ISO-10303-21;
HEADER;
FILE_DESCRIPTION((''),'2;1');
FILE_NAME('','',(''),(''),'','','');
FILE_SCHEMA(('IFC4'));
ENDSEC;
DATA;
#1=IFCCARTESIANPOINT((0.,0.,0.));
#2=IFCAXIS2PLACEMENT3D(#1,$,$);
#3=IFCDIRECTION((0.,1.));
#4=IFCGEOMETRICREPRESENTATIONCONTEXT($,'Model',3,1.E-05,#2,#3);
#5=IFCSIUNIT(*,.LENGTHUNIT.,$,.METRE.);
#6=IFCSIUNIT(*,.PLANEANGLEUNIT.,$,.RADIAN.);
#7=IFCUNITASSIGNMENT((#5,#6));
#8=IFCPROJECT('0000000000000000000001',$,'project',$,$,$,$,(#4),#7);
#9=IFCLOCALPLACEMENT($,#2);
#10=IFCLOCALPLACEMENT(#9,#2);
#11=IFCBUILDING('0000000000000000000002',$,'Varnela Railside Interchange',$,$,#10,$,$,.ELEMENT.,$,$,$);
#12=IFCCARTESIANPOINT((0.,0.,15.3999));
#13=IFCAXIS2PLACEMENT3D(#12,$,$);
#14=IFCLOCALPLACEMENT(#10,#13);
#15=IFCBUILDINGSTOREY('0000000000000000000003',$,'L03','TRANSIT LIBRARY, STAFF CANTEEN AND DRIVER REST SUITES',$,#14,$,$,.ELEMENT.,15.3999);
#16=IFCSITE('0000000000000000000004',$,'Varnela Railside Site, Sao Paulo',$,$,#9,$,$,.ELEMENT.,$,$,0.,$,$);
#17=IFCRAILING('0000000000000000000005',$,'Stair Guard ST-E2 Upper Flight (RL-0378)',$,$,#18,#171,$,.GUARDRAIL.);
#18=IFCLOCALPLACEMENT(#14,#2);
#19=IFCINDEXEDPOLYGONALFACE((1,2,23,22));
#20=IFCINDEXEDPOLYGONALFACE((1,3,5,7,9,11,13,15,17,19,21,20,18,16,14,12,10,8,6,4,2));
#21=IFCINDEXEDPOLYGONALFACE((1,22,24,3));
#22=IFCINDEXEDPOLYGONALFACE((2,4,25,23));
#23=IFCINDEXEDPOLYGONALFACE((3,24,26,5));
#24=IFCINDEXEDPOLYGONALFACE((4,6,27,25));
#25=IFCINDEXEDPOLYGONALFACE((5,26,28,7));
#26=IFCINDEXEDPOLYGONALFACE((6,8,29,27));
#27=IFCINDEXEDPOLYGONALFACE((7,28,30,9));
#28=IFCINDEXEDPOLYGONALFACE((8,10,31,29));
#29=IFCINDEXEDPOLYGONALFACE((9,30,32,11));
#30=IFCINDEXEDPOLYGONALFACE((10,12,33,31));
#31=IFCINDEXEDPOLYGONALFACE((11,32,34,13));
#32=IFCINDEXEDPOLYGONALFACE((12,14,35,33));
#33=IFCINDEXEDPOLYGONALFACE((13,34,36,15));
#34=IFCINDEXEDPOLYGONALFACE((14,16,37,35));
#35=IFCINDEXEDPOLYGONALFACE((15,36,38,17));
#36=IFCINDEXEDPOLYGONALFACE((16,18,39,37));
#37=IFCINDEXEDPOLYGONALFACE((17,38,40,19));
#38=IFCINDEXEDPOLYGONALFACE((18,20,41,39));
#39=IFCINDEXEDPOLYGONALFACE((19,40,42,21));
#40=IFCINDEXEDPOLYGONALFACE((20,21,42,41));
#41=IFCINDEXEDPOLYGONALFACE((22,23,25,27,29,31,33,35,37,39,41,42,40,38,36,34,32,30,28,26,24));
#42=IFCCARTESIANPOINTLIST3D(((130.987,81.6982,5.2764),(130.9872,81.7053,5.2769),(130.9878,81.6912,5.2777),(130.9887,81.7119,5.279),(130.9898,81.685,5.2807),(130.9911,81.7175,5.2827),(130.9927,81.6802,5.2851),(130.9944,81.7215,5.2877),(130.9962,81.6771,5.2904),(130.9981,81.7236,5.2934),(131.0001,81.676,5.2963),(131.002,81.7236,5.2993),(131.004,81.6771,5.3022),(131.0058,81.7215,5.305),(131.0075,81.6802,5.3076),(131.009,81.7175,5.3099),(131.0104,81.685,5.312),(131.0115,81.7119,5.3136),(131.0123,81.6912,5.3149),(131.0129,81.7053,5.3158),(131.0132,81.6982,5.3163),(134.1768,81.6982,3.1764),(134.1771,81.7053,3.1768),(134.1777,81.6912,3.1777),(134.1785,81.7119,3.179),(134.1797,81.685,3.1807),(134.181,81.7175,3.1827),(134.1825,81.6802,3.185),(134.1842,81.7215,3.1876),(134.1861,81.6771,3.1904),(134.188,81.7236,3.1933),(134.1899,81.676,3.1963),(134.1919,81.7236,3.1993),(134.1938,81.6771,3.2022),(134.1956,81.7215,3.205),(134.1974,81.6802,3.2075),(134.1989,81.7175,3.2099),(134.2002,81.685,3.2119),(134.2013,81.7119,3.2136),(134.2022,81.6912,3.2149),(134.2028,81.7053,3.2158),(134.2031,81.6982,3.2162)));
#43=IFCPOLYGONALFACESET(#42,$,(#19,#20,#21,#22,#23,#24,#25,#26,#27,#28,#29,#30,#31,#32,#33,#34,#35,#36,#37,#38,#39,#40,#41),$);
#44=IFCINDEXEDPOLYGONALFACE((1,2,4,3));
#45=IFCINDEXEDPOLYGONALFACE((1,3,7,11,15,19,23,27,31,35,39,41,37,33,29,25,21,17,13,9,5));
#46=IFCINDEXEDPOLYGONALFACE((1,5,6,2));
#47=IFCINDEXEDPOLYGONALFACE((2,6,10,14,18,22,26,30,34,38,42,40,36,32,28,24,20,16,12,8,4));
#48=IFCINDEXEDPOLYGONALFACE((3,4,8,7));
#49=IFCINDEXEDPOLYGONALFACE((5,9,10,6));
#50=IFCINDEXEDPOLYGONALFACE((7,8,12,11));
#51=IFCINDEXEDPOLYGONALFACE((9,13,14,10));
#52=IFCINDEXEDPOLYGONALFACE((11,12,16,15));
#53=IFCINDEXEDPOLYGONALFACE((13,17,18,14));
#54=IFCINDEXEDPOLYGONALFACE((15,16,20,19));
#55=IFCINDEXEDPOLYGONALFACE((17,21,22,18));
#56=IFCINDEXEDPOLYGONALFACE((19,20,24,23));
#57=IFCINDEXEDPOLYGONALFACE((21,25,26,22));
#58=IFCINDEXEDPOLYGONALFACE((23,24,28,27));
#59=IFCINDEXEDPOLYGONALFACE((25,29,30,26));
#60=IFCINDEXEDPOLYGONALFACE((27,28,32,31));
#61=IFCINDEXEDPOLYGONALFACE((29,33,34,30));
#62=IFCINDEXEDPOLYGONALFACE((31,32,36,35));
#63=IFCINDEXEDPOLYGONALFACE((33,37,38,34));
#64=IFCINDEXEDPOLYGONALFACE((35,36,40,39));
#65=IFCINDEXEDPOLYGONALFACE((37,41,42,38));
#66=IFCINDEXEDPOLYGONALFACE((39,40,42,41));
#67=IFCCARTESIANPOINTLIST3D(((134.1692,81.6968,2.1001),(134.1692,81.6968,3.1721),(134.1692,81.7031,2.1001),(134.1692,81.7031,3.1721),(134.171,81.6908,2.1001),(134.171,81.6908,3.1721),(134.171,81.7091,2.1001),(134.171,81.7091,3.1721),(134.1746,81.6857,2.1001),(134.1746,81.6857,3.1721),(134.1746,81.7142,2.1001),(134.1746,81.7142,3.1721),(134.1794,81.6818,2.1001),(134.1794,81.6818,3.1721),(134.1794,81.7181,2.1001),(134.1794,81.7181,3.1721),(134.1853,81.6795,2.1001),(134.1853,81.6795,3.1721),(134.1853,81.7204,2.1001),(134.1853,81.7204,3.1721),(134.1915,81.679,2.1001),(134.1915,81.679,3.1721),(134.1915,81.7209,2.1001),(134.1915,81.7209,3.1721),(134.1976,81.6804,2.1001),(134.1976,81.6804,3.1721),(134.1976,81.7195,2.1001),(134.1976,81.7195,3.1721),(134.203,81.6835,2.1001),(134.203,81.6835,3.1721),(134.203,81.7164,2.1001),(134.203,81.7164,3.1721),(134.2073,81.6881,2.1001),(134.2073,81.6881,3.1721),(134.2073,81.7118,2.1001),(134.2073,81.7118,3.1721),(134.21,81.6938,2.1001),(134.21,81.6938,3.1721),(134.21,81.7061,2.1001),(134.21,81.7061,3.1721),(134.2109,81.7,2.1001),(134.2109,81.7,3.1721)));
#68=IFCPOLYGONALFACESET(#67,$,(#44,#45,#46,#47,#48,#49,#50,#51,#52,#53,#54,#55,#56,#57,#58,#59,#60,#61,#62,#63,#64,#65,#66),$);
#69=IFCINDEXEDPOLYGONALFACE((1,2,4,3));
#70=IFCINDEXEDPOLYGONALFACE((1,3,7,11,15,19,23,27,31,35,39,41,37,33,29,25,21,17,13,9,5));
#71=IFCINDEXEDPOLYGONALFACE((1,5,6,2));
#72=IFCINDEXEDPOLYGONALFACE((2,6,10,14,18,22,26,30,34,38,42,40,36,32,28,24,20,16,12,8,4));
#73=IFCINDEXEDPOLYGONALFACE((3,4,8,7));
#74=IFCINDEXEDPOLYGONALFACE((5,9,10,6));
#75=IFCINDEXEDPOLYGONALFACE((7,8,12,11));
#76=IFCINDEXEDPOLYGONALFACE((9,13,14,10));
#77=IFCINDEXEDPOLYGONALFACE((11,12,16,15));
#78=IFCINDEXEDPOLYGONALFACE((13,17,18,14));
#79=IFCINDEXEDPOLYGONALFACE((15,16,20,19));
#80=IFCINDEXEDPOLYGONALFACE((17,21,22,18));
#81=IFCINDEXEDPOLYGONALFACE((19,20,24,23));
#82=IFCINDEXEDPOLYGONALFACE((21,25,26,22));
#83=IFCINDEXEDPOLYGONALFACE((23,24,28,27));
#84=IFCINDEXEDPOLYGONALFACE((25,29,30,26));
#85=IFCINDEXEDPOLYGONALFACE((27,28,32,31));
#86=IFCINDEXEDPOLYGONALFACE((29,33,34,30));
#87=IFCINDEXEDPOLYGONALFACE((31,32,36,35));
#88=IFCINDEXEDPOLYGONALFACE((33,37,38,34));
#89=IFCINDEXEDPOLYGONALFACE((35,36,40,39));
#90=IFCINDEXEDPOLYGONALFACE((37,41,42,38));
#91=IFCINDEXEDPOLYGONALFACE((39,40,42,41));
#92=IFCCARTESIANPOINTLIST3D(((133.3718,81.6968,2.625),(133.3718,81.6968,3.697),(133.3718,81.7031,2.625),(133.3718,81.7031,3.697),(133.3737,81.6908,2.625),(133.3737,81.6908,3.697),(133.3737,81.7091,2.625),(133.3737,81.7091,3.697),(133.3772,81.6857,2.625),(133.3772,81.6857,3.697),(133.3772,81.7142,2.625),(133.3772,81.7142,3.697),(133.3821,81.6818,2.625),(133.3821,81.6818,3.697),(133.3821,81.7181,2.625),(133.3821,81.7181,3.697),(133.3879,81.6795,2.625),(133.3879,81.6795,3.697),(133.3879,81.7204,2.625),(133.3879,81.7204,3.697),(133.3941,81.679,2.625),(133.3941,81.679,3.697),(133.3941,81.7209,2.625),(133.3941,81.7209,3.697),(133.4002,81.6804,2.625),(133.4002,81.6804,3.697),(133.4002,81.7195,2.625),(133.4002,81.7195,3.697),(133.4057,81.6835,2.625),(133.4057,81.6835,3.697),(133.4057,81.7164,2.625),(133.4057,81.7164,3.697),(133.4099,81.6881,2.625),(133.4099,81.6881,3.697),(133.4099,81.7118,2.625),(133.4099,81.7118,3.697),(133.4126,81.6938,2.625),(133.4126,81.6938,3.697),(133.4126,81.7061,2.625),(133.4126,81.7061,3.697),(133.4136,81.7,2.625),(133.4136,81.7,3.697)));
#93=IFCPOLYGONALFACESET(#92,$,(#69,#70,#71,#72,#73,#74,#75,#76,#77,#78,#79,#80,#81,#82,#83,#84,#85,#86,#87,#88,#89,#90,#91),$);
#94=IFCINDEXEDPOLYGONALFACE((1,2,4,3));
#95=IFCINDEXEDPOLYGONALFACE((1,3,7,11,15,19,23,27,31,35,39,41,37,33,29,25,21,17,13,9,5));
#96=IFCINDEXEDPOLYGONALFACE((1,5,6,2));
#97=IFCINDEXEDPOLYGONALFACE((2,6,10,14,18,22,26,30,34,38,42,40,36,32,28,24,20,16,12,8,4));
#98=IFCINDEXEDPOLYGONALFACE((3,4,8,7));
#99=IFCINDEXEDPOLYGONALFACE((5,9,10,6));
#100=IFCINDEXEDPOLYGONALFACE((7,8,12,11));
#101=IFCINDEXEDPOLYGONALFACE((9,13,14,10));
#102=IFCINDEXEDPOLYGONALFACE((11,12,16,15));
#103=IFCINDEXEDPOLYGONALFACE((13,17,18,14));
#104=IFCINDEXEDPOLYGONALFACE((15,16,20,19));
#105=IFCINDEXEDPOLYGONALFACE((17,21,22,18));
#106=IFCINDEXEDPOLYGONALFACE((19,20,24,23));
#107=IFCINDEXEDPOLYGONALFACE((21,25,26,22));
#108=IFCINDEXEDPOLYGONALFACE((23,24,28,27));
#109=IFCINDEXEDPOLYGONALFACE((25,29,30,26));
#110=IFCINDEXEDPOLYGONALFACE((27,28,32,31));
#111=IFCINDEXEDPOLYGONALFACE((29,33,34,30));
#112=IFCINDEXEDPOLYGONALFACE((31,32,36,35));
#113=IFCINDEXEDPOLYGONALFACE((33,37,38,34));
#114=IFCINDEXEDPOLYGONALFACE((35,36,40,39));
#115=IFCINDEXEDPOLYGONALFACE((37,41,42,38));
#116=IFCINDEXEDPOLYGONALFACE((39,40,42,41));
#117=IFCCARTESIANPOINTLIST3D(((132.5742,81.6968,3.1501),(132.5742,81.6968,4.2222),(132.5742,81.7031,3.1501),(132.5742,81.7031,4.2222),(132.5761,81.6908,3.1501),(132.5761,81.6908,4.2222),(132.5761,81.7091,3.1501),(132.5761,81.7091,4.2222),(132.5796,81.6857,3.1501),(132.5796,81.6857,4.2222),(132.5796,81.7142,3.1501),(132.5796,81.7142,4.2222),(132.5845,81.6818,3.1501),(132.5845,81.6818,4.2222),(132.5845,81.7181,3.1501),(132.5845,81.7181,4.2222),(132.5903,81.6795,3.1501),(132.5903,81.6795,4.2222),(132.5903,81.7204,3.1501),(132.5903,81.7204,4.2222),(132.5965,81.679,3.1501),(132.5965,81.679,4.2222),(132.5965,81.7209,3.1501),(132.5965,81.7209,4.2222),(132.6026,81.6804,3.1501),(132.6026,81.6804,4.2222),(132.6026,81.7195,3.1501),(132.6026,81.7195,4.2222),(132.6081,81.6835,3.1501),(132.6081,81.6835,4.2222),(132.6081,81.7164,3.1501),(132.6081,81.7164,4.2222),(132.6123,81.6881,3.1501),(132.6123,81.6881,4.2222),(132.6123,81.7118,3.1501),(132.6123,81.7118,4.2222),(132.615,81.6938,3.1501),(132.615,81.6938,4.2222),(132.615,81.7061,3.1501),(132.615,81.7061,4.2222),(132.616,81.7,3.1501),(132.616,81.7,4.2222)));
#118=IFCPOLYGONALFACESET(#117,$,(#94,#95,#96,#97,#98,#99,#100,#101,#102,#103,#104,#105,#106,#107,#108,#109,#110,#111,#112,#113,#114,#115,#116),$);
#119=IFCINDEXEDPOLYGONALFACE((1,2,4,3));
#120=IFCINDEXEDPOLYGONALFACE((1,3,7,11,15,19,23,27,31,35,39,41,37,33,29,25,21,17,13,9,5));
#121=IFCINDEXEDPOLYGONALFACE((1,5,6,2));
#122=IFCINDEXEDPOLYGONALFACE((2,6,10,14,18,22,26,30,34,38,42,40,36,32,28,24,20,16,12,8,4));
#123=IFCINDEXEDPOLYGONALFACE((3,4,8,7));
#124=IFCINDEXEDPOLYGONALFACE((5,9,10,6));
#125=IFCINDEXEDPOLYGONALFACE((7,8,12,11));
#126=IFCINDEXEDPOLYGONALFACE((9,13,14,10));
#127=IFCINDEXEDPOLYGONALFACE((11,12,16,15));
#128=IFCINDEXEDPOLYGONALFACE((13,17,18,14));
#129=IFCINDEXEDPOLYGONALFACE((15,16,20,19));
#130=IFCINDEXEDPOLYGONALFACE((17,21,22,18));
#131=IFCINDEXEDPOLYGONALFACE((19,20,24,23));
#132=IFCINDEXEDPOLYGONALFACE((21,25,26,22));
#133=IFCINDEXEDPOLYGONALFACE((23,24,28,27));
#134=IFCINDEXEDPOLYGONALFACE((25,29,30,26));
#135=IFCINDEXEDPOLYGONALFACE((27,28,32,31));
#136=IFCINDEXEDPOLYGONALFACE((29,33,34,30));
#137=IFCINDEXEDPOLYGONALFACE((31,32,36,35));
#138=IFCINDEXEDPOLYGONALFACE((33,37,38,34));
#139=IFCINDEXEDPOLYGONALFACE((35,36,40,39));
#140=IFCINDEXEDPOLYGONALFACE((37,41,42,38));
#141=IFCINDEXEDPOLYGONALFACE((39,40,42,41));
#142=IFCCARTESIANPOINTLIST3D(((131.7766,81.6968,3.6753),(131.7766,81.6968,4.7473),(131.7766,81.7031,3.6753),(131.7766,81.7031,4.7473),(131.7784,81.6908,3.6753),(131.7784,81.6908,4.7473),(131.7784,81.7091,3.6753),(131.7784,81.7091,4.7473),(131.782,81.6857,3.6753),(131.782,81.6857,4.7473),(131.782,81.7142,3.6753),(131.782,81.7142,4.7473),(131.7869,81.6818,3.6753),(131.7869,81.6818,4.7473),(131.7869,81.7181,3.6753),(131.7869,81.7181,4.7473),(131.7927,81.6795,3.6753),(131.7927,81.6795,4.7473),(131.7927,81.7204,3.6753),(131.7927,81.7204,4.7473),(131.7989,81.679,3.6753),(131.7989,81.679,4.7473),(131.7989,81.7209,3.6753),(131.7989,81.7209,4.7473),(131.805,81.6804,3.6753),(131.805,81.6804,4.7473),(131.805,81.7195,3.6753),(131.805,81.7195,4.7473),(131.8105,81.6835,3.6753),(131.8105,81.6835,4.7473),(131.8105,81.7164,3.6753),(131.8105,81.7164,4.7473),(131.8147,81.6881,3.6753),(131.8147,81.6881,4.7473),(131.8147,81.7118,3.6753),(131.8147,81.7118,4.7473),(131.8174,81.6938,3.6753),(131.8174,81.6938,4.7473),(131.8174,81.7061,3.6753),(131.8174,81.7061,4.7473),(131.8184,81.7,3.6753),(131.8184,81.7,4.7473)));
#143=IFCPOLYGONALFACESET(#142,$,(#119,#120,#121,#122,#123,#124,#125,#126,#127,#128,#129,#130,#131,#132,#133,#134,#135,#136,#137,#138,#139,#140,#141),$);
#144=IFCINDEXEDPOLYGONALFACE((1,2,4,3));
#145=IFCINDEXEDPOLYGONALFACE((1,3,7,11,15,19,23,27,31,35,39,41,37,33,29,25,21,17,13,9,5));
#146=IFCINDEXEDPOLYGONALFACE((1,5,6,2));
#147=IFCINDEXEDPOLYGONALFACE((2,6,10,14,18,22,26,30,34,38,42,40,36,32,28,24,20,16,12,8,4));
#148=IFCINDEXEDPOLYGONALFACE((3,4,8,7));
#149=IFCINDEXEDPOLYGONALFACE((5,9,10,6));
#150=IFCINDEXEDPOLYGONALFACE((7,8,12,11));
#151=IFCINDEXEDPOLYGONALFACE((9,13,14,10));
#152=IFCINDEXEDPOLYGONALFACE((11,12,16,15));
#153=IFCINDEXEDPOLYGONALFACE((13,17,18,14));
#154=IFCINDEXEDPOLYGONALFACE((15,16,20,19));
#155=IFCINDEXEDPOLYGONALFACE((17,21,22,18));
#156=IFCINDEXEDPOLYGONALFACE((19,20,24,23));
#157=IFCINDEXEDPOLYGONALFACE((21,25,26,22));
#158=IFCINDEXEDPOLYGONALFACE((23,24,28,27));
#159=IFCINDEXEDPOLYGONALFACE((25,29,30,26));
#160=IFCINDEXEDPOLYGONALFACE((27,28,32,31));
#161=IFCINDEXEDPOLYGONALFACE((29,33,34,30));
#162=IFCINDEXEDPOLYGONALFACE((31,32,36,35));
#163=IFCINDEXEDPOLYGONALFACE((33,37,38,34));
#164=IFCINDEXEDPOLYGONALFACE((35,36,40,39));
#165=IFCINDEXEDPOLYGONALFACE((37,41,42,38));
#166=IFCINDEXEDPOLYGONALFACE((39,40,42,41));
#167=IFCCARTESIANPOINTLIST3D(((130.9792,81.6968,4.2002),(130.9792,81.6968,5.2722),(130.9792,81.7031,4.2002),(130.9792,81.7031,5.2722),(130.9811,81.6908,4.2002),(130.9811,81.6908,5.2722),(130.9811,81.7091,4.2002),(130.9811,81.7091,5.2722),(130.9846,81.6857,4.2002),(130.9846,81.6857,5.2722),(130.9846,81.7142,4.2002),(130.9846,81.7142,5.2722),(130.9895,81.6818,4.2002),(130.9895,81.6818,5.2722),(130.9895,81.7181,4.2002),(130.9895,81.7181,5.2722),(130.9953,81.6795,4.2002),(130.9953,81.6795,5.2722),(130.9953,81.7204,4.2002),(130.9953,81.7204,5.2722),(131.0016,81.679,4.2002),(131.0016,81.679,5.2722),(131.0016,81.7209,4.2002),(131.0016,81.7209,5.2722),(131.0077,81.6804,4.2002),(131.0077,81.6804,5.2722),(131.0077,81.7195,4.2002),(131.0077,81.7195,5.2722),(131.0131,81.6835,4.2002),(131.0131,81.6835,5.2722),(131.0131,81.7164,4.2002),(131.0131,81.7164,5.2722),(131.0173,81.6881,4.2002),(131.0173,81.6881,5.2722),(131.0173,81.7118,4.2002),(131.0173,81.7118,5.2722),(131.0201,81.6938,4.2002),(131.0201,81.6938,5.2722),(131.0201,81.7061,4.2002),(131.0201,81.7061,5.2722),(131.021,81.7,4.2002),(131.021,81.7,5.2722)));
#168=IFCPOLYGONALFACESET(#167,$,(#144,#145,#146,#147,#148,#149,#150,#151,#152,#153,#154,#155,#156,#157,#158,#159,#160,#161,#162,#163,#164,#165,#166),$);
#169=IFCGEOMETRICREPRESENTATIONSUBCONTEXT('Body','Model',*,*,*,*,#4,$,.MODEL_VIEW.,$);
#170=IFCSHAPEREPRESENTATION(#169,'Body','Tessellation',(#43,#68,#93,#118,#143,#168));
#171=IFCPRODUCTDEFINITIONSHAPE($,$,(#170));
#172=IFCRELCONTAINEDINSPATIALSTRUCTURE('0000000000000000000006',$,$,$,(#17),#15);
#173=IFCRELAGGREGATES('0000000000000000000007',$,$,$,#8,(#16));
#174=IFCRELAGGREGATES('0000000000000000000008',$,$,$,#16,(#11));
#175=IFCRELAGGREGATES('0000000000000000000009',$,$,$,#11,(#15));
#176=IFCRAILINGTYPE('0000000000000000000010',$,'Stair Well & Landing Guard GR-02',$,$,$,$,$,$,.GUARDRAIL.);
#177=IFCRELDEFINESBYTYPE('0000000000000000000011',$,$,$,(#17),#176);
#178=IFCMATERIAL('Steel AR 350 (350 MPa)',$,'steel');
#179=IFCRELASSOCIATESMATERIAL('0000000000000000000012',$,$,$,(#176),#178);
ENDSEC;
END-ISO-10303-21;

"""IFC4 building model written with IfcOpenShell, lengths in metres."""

from ifc_helpers import new_model, si_unit, direction, frame, origin, origin_2d, place, context, subcontext, project, spatial, circle, extrude, material, type_object, element, save


model = new_model("IFC4")

# Units and contexts
model_context = context("Model", 3, precision=1e-05, world=origin(), true_north=direction((0.0, 1.0)))
body_context = subcontext(model_context, "Body", "Model", "MODEL_VIEW")
ifc_project = project(units=[si_unit("LENGTHUNIT", "METRE"), si_unit("PLANEANGLEUNIT", "RADIAN")], contexts=[model_context])

# Site, building, storey
site_placement = place(None, origin())
site = spatial("IfcSite", under=ifc_project, at=site_placement, Name="Varnela Railside Site, Sao Paulo", CompositionType="ELEMENT", RefElevation=0.0)
building_placement = place(site_placement, origin())
building = spatial("IfcBuilding", under=site, at=building_placement, Name="Varnela Railside Interchange", CompositionType="ELEMENT")
storey_placement = place(building_placement, frame((0.0, 0.0, 15.3999)))
storey = spatial("IfcBuildingStorey", under=building, at=storey_placement, Name="L03", Description="TRANSIT LIBRARY, STAFF CANTEEN AND DRIVER REST SUITES", CompositionType="ELEMENT", Elevation=15.3999)

# Shared definitions
ifc_material_1 = material(Name="Steel AR 350 (350 MPa)", Category="steel")

# Railing
railing_type_1 = type_object("IfcRailingType", Name="Stair Well & Landing Guard GR-02", PredefinedType="GUARDRAIL", material=ifc_material_1)
railing_1_placement = place(storey_placement, frame((134.1899, 81.7, 2.1001)))
element("IfcRailing", 1, at=railing_1_placement, inside=storey, type_object=railing_type_1, Name="Stair Guard ST-E2 Upper Flight (RL-0378)", PredefinedType="GUARDRAIL", context=body_context, shape_type="SweptSolid", body=[
    extrude(circle(Radius=0.0239, at=origin_2d()), frame((0.0, 0.0, 1.0962), z_axis=(-0.835242, 0.0, 0.549882), x_axis=(0.0, -1.0, 0.0)), (0.0, 0.0, 1.0), 3.8191),
    extrude(circle(Radius=0.021, at=origin_2d()), origin(), (0.0, 0.0, 1.0), 1.072),
    extrude(circle(Radius=0.021, at=origin_2d()), frame((-0.7974, 0.0, 0.5249)), (0.0, 0.0, 1.0), 1.072),
    extrude(circle(Radius=0.021, at=origin_2d()), frame((-1.595, 0.0, 1.05)), (0.0, 0.0, 1.0), 1.072),
    extrude(circle(Radius=0.021, at=origin_2d()), frame((-2.3926, 0.0, 1.5752)), (0.0, 0.0, 1.0), 1.072),
    extrude(circle(Radius=0.021, at=origin_2d()), frame((-3.1899, 0.0, 2.1001)), (0.0, 0.0, 1.0), 1.072),
])

save(model, "model.ifc")
